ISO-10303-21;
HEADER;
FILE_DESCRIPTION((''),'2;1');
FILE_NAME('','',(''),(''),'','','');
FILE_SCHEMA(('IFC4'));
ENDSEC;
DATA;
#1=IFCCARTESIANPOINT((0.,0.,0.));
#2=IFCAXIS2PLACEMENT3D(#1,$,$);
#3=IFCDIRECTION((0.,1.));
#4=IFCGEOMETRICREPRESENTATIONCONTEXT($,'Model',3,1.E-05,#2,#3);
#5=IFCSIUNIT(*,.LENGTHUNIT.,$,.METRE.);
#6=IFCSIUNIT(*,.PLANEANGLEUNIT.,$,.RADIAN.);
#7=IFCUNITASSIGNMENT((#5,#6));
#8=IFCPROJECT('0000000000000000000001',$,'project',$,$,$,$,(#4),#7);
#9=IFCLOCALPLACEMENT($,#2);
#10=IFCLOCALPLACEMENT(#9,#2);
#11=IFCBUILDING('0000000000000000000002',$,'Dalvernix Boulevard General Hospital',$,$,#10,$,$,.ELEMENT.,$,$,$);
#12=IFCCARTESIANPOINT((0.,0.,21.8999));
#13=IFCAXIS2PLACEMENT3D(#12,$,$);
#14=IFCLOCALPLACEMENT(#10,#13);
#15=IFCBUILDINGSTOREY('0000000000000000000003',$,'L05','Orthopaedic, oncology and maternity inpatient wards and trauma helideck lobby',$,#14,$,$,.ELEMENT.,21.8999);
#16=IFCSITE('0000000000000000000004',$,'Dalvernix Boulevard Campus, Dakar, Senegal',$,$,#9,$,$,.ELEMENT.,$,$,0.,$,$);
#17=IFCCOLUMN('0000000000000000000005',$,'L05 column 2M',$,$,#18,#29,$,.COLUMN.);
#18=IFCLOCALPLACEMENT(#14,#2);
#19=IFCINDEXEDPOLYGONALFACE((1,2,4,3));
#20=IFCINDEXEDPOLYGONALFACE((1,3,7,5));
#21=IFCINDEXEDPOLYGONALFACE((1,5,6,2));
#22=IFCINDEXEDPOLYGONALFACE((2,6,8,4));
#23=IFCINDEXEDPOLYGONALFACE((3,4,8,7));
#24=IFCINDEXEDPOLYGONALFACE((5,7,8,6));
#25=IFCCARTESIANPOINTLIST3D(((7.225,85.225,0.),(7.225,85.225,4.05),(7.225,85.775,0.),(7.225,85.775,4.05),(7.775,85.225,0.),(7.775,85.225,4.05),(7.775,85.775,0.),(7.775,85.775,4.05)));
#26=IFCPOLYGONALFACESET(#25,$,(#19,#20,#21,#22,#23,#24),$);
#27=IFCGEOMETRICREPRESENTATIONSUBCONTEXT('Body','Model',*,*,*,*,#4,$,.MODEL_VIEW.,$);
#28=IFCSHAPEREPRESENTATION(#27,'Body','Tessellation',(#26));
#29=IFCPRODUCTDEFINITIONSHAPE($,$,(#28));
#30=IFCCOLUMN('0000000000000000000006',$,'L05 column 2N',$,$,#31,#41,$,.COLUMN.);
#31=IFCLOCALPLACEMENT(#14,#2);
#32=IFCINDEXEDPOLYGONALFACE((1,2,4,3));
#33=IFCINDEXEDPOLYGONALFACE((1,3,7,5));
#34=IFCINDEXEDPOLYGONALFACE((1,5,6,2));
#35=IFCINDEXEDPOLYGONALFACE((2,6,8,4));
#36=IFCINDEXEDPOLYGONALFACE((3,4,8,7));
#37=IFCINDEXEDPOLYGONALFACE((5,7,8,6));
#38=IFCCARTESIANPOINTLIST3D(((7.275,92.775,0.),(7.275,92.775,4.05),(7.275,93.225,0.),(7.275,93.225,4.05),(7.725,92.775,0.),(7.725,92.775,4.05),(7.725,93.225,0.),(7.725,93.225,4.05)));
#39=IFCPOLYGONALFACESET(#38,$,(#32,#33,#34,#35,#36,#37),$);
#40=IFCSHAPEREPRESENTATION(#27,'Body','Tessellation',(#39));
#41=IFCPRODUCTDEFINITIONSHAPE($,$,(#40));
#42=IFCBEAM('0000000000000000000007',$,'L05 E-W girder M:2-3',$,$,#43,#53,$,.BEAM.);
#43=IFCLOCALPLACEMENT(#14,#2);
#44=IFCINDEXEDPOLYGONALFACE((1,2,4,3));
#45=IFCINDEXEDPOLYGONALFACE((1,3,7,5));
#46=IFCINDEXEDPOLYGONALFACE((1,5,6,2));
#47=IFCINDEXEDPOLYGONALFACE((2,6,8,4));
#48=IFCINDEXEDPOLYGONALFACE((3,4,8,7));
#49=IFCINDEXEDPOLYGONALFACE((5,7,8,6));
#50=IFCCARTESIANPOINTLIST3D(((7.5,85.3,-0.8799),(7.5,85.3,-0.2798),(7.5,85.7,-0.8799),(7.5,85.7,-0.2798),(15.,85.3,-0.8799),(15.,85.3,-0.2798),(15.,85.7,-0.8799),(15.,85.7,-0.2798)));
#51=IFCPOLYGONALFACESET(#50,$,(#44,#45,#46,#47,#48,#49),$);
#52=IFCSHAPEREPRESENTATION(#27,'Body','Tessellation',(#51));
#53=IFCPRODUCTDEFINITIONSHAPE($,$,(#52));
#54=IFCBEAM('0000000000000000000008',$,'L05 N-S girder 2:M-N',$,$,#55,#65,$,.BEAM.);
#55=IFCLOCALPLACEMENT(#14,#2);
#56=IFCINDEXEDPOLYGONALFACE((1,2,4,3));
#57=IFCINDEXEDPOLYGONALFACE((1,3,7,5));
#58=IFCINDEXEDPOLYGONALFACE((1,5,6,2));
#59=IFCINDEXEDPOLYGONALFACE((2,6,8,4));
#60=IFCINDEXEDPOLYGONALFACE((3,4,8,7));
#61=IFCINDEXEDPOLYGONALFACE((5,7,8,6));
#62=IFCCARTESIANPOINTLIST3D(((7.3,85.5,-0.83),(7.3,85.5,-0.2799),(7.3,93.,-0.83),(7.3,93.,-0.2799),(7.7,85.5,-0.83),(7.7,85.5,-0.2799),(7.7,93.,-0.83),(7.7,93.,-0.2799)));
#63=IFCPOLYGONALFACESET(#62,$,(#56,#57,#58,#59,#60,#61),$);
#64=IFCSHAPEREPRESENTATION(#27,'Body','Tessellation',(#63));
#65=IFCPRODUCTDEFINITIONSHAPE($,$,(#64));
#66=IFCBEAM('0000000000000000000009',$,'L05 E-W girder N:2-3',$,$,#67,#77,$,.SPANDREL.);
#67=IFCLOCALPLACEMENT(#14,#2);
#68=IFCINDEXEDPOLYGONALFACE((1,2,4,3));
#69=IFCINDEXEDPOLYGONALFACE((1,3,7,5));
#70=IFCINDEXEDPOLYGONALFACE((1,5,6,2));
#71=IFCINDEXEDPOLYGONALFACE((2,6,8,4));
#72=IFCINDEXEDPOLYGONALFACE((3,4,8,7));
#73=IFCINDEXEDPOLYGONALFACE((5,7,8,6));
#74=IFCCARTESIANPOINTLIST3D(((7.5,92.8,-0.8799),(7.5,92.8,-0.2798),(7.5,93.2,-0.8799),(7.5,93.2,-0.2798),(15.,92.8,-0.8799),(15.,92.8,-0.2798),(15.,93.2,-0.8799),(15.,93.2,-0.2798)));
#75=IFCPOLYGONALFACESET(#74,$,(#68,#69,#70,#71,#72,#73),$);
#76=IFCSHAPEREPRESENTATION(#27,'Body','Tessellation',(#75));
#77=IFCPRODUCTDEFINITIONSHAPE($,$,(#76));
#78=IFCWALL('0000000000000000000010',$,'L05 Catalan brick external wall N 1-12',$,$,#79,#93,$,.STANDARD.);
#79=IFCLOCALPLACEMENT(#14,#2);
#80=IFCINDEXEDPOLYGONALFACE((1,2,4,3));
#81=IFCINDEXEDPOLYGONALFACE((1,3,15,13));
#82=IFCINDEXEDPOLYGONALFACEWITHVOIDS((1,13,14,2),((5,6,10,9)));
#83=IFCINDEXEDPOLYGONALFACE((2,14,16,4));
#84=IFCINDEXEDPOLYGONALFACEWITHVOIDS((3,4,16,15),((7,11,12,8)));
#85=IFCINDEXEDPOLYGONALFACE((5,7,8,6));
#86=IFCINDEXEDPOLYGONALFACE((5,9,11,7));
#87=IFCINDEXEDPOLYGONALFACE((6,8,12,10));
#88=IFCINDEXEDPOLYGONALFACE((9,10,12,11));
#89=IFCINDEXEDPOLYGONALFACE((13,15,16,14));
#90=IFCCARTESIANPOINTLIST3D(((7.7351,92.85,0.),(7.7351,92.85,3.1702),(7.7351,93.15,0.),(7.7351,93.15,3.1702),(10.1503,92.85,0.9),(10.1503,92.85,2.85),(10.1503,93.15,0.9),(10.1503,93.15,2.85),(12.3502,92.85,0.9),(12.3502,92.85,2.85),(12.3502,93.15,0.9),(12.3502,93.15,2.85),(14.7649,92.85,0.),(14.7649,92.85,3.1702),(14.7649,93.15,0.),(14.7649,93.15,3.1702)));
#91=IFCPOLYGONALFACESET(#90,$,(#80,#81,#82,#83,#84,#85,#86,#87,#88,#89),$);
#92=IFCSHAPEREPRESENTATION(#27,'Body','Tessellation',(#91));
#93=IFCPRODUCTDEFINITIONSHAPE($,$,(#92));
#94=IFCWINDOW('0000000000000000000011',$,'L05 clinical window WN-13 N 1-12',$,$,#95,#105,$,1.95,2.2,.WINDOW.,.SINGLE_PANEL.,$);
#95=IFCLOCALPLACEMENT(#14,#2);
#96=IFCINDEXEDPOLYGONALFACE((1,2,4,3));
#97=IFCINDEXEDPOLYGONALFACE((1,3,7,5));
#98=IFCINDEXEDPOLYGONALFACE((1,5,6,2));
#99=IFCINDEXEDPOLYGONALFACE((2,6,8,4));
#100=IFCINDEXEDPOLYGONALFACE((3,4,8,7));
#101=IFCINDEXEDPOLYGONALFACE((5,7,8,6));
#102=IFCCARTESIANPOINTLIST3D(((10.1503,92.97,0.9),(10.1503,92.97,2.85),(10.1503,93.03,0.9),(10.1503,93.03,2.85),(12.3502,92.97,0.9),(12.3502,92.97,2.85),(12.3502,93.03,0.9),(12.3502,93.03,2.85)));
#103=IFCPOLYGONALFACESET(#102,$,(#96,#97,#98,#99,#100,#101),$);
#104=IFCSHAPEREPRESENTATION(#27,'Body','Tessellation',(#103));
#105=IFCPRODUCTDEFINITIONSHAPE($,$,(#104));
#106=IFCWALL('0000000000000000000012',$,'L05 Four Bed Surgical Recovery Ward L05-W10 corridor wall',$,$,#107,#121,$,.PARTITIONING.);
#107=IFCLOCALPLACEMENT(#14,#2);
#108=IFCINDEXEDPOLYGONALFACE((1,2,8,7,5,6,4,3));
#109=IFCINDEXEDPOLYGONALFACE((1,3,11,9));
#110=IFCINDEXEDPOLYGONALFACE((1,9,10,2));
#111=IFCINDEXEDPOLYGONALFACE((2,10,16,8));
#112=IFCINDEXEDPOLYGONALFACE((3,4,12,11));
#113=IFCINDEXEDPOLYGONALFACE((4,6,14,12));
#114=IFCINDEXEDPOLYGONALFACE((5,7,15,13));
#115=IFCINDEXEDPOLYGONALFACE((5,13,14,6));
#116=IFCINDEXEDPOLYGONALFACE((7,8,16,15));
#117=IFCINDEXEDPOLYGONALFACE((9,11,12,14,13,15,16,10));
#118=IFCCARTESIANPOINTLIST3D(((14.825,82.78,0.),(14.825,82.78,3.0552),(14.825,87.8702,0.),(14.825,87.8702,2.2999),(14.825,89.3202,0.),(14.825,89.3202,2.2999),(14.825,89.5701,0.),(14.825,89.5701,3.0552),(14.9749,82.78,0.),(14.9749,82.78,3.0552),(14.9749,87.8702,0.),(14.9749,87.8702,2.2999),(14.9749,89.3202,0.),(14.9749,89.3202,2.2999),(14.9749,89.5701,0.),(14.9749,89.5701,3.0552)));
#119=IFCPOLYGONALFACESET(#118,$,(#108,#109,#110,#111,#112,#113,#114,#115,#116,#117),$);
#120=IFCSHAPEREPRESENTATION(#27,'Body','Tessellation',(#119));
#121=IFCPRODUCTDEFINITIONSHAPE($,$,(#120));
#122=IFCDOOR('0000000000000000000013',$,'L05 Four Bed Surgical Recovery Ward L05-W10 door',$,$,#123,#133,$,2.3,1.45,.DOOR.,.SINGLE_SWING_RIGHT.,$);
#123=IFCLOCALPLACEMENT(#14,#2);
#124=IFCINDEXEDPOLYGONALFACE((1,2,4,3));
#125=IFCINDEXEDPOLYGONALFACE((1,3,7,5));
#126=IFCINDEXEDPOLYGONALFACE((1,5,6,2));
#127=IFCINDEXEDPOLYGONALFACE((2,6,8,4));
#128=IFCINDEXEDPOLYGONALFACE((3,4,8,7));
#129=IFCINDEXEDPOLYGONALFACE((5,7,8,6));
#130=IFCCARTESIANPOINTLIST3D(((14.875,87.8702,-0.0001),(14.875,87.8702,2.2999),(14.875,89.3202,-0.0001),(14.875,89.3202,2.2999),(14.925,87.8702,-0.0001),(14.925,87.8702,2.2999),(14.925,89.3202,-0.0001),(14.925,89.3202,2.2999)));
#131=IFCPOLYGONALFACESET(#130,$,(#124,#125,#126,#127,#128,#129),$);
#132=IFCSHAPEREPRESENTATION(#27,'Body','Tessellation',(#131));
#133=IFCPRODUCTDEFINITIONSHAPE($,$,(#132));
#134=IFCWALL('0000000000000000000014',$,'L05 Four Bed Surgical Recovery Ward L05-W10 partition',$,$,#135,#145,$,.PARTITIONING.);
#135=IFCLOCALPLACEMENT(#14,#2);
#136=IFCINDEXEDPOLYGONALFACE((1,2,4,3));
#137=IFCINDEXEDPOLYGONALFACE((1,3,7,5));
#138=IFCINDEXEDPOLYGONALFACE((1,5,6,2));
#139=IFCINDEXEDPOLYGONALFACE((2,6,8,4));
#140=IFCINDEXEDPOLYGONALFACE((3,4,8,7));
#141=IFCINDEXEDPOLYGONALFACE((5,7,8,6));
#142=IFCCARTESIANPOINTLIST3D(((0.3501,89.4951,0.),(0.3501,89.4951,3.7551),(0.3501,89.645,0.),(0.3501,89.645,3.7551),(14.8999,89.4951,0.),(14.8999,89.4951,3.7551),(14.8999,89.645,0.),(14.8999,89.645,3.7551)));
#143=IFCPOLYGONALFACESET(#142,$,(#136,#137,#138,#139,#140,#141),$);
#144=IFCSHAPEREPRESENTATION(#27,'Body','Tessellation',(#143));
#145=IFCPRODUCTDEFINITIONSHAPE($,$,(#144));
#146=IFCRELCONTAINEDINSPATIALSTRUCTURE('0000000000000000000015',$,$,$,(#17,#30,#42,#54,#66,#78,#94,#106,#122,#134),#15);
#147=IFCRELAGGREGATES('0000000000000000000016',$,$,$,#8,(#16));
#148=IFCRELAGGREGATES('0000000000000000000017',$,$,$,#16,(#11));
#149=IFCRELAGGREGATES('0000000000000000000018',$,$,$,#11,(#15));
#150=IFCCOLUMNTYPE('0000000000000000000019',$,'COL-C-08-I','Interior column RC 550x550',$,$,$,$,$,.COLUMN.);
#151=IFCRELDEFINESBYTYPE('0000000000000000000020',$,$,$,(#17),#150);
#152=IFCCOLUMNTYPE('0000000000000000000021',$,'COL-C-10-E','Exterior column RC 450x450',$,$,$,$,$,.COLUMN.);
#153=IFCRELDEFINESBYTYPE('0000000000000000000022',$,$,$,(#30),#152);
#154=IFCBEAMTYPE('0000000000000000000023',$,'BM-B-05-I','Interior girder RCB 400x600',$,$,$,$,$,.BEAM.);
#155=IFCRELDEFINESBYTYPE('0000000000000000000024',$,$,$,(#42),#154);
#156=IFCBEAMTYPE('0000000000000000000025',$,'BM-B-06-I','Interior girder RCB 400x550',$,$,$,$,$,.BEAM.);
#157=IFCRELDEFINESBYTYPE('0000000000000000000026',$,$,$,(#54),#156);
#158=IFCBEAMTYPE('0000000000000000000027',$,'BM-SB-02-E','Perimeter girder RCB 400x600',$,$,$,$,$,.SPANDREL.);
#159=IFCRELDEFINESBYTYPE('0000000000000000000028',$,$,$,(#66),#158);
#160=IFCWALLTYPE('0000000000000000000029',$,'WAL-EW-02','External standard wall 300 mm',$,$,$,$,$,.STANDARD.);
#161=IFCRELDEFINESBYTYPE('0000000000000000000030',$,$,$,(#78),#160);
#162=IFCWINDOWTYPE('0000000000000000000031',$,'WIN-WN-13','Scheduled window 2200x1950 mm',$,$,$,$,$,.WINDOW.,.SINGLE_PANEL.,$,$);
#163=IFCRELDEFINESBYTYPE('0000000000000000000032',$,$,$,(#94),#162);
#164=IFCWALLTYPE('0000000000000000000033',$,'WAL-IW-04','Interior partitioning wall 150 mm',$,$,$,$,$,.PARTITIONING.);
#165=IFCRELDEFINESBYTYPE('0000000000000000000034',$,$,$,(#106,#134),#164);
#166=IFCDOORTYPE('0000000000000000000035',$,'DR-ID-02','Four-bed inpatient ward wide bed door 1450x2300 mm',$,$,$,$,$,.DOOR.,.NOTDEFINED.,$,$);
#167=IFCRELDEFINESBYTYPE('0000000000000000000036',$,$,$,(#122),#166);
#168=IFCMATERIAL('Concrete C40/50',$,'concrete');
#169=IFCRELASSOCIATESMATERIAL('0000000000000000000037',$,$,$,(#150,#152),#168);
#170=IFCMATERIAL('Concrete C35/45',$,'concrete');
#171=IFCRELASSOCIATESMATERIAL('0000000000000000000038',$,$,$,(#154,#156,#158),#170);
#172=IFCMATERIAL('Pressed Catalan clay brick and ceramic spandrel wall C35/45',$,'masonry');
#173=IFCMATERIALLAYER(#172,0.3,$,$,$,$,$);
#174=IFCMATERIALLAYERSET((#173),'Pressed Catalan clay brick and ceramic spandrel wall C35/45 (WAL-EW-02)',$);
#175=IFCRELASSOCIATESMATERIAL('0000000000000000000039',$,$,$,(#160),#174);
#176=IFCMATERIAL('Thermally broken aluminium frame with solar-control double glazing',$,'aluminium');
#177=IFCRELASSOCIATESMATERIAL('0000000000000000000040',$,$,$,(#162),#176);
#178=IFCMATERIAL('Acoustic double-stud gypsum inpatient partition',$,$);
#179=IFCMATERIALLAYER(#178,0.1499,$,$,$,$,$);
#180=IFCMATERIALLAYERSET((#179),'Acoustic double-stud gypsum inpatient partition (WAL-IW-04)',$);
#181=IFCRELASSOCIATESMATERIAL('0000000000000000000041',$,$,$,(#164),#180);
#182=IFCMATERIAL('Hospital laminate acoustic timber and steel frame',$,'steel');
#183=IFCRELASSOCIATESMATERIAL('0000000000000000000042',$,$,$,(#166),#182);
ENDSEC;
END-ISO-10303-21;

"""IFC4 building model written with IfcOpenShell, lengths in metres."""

from ifc_helpers import new_model, si_unit, direction, frame, frame_2d, origin, origin_2d, place, context, subcontext, project, spatial, rectangle, extrude, material, layer, layer_set, material_profile, profile_set, type_object, element, fill, save


model = new_model("IFC4")

# Units and contexts
model_context = context("Model", 3, precision=1e-05, world=origin(), true_north=direction((0.0, 1.0)))
body_context = subcontext(model_context, "Body", "Model", "MODEL_VIEW")
ifc_project = project(units=[si_unit("LENGTHUNIT", "METRE"), si_unit("PLANEANGLEUNIT", "RADIAN")], contexts=[model_context])

# Site, building, storey
site_placement = place(None, origin())
site = spatial("IfcSite", under=ifc_project, at=site_placement, Name="Dalvernix Boulevard Campus, Dakar, Senegal", CompositionType="ELEMENT", RefElevation=0.0)
building_placement = place(site_placement, origin())
building = spatial("IfcBuilding", under=site, at=building_placement, Name="Dalvernix Boulevard General Hospital", CompositionType="ELEMENT")
storey_placement = place(building_placement, frame((0.0, 0.0, 21.8999)))
storey = spatial("IfcBuildingStorey", under=building, at=storey_placement, Name="L05", Description="Orthopaedic, oncology and maternity inpatient wards and trauma helideck lobby", CompositionType="ELEMENT", Elevation=21.8999)

# Columns
ifc_material_1 = material(Name="Concrete C40/50", Category="concrete")
ifc_material_profile_1 = material_profile(ifc_material_1, rectangle(XDim=0.55, YDim=0.55, at=origin_2d()), Name="RC 550x550")
ifc_profile_set_1 = profile_set([ifc_material_profile_1], Name="Concrete C40/50")
column_type_1 = type_object("IfcColumnType", Name="COL-C-08-I", Description="Interior column RC 550x550", PredefinedType="COLUMN", material=ifc_profile_set_1)
column_1_placement = place(storey_placement, frame((7.5, 85.5, 0.0), z_axis=(0.0, 0.0, 1.0), x_axis=(1.0, 0.0, 0.0)))
element("IfcColumn", 1, at=column_1_placement, inside=storey, type_object=column_type_1, Name="L05 column 2M", PredefinedType="COLUMN", context=body_context, shape_type="SweptSolid", body=[
    extrude(rectangle(XDim=0.55, YDim=0.55, at=origin_2d()), origin(), (0.0, 0.0, 1.0), 4.05),
])
ifc_material_profile_2 = material_profile(ifc_material_1, rectangle(XDim=0.45, YDim=0.45, at=origin_2d()), Name="RC 450x450")
ifc_profile_set_2 = profile_set([ifc_material_profile_2], Name="Concrete C40/50")
column_type_2 = type_object("IfcColumnType", Name="COL-C-10-E", Description="Exterior column RC 450x450", PredefinedType="COLUMN", material=ifc_profile_set_2)
column_2_placement = place(storey_placement, frame((7.5, 93.0, 0.0), z_axis=(0.0, 0.0, 1.0), x_axis=(1.0, 0.0, 0.0)))
element("IfcColumn", 2, at=column_2_placement, inside=storey, type_object=column_type_2, Name="L05 column 2N", PredefinedType="COLUMN", context=body_context, shape_type="SweptSolid", body=[
    extrude(rectangle(XDim=0.45, YDim=0.45, at=origin_2d()), origin(), (0.0, 0.0, 1.0), 4.05),
])

# Beams
ifc_material_2 = material(Name="Concrete C35/45", Category="concrete")
ifc_material_profile_3 = material_profile(ifc_material_2, rectangle(XDim=0.3999, YDim=0.6001, at=origin_2d()), Name="RCB 400x600")
ifc_profile_set_3 = profile_set([ifc_material_profile_3], Name="Concrete C35/45")
beam_type_1 = type_object("IfcBeamType", Name="BM-B-05-I", Description="Interior girder RCB 400x600", PredefinedType="BEAM", material=ifc_profile_set_3)
beam_1_placement = place(storey_placement, frame((7.5, 85.5, -0.5798), z_axis=(1.0, 0.0, 0.0), x_axis=(0.0, 1.0, 0.0)))
element("IfcBeam", 3, at=beam_1_placement, inside=storey, type_object=beam_type_1, Name="L05 E-W girder M:2-3", PredefinedType="BEAM", context=body_context, shape_type="SweptSolid", body=[
    extrude(rectangle(XDim=0.3999, YDim=0.6001, at=origin_2d()), origin(), (0.0, 0.0, 1.0), 7.5),
])
ifc_material_profile_4 = material_profile(ifc_material_2, rectangle(XDim=0.3999, YDim=0.55, at=origin_2d()), Name="RCB 400x550")
ifc_profile_set_4 = profile_set([ifc_material_profile_4], Name="Concrete C35/45")
beam_type_2 = type_object("IfcBeamType", Name="BM-B-06-I", Description="Interior girder RCB 400x550", PredefinedType="BEAM", material=ifc_profile_set_4)
beam_2_placement = place(storey_placement, frame((7.5, 85.5, -0.5549), z_axis=(0.0, 1.0, 0.0), x_axis=(-1.0, 0.0, 0.0)))
element("IfcBeam", 4, at=beam_2_placement, inside=storey, type_object=beam_type_2, Name="L05 N-S girder 2:M-N", PredefinedType="BEAM", context=body_context, shape_type="SweptSolid", body=[
    extrude(rectangle(XDim=0.3999, YDim=0.55, at=origin_2d()), origin(), (0.0, 0.0, 1.0), 7.5),
])
ifc_material_profile_5 = material_profile(ifc_material_2, rectangle(XDim=0.3999, YDim=0.6001, at=origin_2d()), Name="RCB 400x600")
ifc_profile_set_5 = profile_set([ifc_material_profile_5], Name="Concrete C35/45")
beam_type_3 = type_object("IfcBeamType", Name="BM-SB-02-E", Description="Perimeter girder RCB 400x600", PredefinedType="SPANDREL", material=ifc_profile_set_5)
beam_3_placement = place(storey_placement, frame((7.5, 93.0, -0.5798), z_axis=(1.0, 0.0, 0.0), x_axis=(0.0, 1.0, 0.0)))
element("IfcBeam", 5, at=beam_3_placement, inside=storey, type_object=beam_type_3, Name="L05 E-W girder N:2-3", PredefinedType="SPANDREL", context=body_context, shape_type="SweptSolid", body=[
    extrude(rectangle(XDim=0.3999, YDim=0.6001, at=origin_2d()), origin(), (0.0, 0.0, 1.0), 7.5),
])

# Wall, opening, window
ifc_material_3 = material(Name="Pressed Catalan clay brick and ceramic spandrel wall C35/45", Category="masonry")
ifc_layer_1 = layer(ifc_material_3, 0.3)
ifc_layer_set_1 = layer_set([ifc_layer_1], Name="Pressed Catalan clay brick and ceramic spandrel wall C35/45 (WAL-EW-02)")
wall_type_1 = type_object("IfcWallType", Name="WAL-EW-02", Description="External standard wall 300 mm", PredefinedType="STANDARD", material=ifc_layer_set_1)
wall_1_placement = place(storey_placement, frame((7.7351, 93.0, 0.0), z_axis=(0.0, 0.0, 1.0), x_axis=(1.0, 0.0, 0.0)))
wall_1 = element("IfcWall", 6, at=wall_1_placement, inside=storey, type_object=wall_type_1, Name="L05 Catalan brick external wall N 1-12", PredefinedType="STANDARD", context=body_context, shape_type="SweptSolid", body=[
    extrude(rectangle(XDim=7.0298, YDim=0.3, at=frame_2d((3.5149, 0.0))), origin(), (0.0, 0.0, 1.0), 3.1702),
])
opening_1_placement = place(wall_1_placement, frame((2.415, 0.0, 0.8999)))
opening_1 = element("IfcOpeningElement", 7, at=opening_1_placement, cuts=wall_1, PredefinedType="OPENING", context=body_context, shape_type="SweptSolid", body=[
    extrude(rectangle(XDim=2.2, YDim=1.95, at=frame_2d((1.1001, 0.9751))), frame((0.0, 0.1599, 0.0), z_axis=(0.0, -1.0, 0.0), x_axis=(1.0, 0.0, 0.0)), (0.0, 0.0, 1.0), 0.3201),
])
ifc_material_4 = material(Name="Thermally broken aluminium frame with solar-control double glazing", Category="aluminium")
window_type = type_object("IfcWindowType", Name="WIN-WN-13", Description="Scheduled window 2200x1950 mm", PartitioningType="SINGLE_PANEL", PredefinedType="WINDOW", material=ifc_material_4)
window_placement = place(opening_1_placement, origin())
window = element("IfcWindow", 8, at=window_placement, inside=storey, type_object=window_type, Name="L05 clinical window WN-13 N 1-12", OverallHeight=1.95, OverallWidth=2.2, PartitioningType="SINGLE_PANEL", PredefinedType="WINDOW", context=body_context, shape_type="SweptSolid", body=[
    extrude(rectangle(XDim=2.2, YDim=1.95, at=frame_2d((1.1001, 0.9751))), frame((0.0, 0.03, 0.0), z_axis=(0.0, -1.0, 0.0), x_axis=(1.0, 0.0, 0.0)), (0.0, 0.0, 1.0), 0.0601),
])
fill(opening_1, window)

# Wall, opening, door
ifc_material_5 = material(Name="Acoustic double-stud gypsum inpatient partition")
ifc_layer_2 = layer(ifc_material_5, 0.1499)
ifc_layer_set_2 = layer_set([ifc_layer_2], Name="Acoustic double-stud gypsum inpatient partition (WAL-IW-04)")
wall_type_2 = type_object("IfcWallType", Name="WAL-IW-04", Description="Interior partitioning wall 150 mm", PredefinedType="PARTITIONING", material=ifc_layer_set_2)
wall_2_placement = place(storey_placement, frame((14.8999, 82.78, 0.0), z_axis=(0.0, 0.0, 1.0), x_axis=(0.0, 1.0, 0.0)))
wall_2 = element("IfcWall", 9, at=wall_2_placement, inside=storey, type_object=wall_type_2, Name="L05 Four Bed Surgical Recovery Ward L05-W10 corridor wall", PredefinedType="PARTITIONING", context=body_context, shape_type="SweptSolid", body=[
    extrude(rectangle(XDim=6.79, YDim=0.1499, at=frame_2d((3.395, 0.0))), origin(), (0.0, 0.0, 1.0), 3.0552),
])
opening_2_placement = place(wall_2_placement, frame((5.0901, 0.0, 0.0)))
opening_2 = element("IfcOpeningElement", 10, at=opening_2_placement, cuts=wall_2, PredefinedType="OPENING", context=body_context, shape_type="SweptSolid", body=[
    extrude(rectangle(XDim=1.45, YDim=2.3, at=frame_2d((0.7251, 1.1499))), frame((0.0, 0.085, 0.0), z_axis=(0.0, -1.0, 0.0), x_axis=(1.0, 0.0, 0.0)), (0.0, 0.0, 1.0), 0.1699),
])
ifc_material_6 = material(Name="Hospital laminate acoustic timber and steel frame", Category="steel")
door_type_1 = type_object("IfcDoorType", Name="DR-ID-02", Description="Four-bed inpatient ward wide bed door 1450x2300 mm", OperationType="NOTDEFINED", PredefinedType="DOOR", material=ifc_material_6)
door_1_placement = place(opening_2_placement, origin())
door_1 = element("IfcDoor", 11, at=door_1_placement, inside=storey, type_object=door_type_1, Name="L05 Four Bed Surgical Recovery Ward L05-W10 door", OperationType="SINGLE_SWING_RIGHT", OverallHeight=2.3, OverallWidth=1.45, PredefinedType="DOOR", context=body_context, shape_type="SweptSolid", body=[
    extrude(rectangle(XDim=1.45, YDim=2.3, at=frame_2d((0.7251, 1.1499))), frame((0.0, 0.0249, 0.0), z_axis=(0.0, -1.0, 0.0), x_axis=(1.0, 0.0, 0.0)), (0.0, 0.0, 1.0), 0.05),
])
fill(opening_2, door_1)

# Wall
wall_3_placement = place(storey_placement, frame((0.3501, 89.5701, 0.0), z_axis=(0.0, 0.0, 1.0), x_axis=(1.0, 0.0, 0.0)))
element("IfcWall", 12, at=wall_3_placement, inside=storey, type_object=wall_type_2, Name="L05 Four Bed Surgical Recovery Ward L05-W10 partition", PredefinedType="PARTITIONING", context=body_context, shape_type="SweptSolid", body=[
    extrude(rectangle(XDim=14.5498, YDim=0.1499, at=frame_2d((7.2749, 0.0))), origin(), (0.0, 0.0, 1.0), 3.7551),
])

save(model, "model.ifc")
